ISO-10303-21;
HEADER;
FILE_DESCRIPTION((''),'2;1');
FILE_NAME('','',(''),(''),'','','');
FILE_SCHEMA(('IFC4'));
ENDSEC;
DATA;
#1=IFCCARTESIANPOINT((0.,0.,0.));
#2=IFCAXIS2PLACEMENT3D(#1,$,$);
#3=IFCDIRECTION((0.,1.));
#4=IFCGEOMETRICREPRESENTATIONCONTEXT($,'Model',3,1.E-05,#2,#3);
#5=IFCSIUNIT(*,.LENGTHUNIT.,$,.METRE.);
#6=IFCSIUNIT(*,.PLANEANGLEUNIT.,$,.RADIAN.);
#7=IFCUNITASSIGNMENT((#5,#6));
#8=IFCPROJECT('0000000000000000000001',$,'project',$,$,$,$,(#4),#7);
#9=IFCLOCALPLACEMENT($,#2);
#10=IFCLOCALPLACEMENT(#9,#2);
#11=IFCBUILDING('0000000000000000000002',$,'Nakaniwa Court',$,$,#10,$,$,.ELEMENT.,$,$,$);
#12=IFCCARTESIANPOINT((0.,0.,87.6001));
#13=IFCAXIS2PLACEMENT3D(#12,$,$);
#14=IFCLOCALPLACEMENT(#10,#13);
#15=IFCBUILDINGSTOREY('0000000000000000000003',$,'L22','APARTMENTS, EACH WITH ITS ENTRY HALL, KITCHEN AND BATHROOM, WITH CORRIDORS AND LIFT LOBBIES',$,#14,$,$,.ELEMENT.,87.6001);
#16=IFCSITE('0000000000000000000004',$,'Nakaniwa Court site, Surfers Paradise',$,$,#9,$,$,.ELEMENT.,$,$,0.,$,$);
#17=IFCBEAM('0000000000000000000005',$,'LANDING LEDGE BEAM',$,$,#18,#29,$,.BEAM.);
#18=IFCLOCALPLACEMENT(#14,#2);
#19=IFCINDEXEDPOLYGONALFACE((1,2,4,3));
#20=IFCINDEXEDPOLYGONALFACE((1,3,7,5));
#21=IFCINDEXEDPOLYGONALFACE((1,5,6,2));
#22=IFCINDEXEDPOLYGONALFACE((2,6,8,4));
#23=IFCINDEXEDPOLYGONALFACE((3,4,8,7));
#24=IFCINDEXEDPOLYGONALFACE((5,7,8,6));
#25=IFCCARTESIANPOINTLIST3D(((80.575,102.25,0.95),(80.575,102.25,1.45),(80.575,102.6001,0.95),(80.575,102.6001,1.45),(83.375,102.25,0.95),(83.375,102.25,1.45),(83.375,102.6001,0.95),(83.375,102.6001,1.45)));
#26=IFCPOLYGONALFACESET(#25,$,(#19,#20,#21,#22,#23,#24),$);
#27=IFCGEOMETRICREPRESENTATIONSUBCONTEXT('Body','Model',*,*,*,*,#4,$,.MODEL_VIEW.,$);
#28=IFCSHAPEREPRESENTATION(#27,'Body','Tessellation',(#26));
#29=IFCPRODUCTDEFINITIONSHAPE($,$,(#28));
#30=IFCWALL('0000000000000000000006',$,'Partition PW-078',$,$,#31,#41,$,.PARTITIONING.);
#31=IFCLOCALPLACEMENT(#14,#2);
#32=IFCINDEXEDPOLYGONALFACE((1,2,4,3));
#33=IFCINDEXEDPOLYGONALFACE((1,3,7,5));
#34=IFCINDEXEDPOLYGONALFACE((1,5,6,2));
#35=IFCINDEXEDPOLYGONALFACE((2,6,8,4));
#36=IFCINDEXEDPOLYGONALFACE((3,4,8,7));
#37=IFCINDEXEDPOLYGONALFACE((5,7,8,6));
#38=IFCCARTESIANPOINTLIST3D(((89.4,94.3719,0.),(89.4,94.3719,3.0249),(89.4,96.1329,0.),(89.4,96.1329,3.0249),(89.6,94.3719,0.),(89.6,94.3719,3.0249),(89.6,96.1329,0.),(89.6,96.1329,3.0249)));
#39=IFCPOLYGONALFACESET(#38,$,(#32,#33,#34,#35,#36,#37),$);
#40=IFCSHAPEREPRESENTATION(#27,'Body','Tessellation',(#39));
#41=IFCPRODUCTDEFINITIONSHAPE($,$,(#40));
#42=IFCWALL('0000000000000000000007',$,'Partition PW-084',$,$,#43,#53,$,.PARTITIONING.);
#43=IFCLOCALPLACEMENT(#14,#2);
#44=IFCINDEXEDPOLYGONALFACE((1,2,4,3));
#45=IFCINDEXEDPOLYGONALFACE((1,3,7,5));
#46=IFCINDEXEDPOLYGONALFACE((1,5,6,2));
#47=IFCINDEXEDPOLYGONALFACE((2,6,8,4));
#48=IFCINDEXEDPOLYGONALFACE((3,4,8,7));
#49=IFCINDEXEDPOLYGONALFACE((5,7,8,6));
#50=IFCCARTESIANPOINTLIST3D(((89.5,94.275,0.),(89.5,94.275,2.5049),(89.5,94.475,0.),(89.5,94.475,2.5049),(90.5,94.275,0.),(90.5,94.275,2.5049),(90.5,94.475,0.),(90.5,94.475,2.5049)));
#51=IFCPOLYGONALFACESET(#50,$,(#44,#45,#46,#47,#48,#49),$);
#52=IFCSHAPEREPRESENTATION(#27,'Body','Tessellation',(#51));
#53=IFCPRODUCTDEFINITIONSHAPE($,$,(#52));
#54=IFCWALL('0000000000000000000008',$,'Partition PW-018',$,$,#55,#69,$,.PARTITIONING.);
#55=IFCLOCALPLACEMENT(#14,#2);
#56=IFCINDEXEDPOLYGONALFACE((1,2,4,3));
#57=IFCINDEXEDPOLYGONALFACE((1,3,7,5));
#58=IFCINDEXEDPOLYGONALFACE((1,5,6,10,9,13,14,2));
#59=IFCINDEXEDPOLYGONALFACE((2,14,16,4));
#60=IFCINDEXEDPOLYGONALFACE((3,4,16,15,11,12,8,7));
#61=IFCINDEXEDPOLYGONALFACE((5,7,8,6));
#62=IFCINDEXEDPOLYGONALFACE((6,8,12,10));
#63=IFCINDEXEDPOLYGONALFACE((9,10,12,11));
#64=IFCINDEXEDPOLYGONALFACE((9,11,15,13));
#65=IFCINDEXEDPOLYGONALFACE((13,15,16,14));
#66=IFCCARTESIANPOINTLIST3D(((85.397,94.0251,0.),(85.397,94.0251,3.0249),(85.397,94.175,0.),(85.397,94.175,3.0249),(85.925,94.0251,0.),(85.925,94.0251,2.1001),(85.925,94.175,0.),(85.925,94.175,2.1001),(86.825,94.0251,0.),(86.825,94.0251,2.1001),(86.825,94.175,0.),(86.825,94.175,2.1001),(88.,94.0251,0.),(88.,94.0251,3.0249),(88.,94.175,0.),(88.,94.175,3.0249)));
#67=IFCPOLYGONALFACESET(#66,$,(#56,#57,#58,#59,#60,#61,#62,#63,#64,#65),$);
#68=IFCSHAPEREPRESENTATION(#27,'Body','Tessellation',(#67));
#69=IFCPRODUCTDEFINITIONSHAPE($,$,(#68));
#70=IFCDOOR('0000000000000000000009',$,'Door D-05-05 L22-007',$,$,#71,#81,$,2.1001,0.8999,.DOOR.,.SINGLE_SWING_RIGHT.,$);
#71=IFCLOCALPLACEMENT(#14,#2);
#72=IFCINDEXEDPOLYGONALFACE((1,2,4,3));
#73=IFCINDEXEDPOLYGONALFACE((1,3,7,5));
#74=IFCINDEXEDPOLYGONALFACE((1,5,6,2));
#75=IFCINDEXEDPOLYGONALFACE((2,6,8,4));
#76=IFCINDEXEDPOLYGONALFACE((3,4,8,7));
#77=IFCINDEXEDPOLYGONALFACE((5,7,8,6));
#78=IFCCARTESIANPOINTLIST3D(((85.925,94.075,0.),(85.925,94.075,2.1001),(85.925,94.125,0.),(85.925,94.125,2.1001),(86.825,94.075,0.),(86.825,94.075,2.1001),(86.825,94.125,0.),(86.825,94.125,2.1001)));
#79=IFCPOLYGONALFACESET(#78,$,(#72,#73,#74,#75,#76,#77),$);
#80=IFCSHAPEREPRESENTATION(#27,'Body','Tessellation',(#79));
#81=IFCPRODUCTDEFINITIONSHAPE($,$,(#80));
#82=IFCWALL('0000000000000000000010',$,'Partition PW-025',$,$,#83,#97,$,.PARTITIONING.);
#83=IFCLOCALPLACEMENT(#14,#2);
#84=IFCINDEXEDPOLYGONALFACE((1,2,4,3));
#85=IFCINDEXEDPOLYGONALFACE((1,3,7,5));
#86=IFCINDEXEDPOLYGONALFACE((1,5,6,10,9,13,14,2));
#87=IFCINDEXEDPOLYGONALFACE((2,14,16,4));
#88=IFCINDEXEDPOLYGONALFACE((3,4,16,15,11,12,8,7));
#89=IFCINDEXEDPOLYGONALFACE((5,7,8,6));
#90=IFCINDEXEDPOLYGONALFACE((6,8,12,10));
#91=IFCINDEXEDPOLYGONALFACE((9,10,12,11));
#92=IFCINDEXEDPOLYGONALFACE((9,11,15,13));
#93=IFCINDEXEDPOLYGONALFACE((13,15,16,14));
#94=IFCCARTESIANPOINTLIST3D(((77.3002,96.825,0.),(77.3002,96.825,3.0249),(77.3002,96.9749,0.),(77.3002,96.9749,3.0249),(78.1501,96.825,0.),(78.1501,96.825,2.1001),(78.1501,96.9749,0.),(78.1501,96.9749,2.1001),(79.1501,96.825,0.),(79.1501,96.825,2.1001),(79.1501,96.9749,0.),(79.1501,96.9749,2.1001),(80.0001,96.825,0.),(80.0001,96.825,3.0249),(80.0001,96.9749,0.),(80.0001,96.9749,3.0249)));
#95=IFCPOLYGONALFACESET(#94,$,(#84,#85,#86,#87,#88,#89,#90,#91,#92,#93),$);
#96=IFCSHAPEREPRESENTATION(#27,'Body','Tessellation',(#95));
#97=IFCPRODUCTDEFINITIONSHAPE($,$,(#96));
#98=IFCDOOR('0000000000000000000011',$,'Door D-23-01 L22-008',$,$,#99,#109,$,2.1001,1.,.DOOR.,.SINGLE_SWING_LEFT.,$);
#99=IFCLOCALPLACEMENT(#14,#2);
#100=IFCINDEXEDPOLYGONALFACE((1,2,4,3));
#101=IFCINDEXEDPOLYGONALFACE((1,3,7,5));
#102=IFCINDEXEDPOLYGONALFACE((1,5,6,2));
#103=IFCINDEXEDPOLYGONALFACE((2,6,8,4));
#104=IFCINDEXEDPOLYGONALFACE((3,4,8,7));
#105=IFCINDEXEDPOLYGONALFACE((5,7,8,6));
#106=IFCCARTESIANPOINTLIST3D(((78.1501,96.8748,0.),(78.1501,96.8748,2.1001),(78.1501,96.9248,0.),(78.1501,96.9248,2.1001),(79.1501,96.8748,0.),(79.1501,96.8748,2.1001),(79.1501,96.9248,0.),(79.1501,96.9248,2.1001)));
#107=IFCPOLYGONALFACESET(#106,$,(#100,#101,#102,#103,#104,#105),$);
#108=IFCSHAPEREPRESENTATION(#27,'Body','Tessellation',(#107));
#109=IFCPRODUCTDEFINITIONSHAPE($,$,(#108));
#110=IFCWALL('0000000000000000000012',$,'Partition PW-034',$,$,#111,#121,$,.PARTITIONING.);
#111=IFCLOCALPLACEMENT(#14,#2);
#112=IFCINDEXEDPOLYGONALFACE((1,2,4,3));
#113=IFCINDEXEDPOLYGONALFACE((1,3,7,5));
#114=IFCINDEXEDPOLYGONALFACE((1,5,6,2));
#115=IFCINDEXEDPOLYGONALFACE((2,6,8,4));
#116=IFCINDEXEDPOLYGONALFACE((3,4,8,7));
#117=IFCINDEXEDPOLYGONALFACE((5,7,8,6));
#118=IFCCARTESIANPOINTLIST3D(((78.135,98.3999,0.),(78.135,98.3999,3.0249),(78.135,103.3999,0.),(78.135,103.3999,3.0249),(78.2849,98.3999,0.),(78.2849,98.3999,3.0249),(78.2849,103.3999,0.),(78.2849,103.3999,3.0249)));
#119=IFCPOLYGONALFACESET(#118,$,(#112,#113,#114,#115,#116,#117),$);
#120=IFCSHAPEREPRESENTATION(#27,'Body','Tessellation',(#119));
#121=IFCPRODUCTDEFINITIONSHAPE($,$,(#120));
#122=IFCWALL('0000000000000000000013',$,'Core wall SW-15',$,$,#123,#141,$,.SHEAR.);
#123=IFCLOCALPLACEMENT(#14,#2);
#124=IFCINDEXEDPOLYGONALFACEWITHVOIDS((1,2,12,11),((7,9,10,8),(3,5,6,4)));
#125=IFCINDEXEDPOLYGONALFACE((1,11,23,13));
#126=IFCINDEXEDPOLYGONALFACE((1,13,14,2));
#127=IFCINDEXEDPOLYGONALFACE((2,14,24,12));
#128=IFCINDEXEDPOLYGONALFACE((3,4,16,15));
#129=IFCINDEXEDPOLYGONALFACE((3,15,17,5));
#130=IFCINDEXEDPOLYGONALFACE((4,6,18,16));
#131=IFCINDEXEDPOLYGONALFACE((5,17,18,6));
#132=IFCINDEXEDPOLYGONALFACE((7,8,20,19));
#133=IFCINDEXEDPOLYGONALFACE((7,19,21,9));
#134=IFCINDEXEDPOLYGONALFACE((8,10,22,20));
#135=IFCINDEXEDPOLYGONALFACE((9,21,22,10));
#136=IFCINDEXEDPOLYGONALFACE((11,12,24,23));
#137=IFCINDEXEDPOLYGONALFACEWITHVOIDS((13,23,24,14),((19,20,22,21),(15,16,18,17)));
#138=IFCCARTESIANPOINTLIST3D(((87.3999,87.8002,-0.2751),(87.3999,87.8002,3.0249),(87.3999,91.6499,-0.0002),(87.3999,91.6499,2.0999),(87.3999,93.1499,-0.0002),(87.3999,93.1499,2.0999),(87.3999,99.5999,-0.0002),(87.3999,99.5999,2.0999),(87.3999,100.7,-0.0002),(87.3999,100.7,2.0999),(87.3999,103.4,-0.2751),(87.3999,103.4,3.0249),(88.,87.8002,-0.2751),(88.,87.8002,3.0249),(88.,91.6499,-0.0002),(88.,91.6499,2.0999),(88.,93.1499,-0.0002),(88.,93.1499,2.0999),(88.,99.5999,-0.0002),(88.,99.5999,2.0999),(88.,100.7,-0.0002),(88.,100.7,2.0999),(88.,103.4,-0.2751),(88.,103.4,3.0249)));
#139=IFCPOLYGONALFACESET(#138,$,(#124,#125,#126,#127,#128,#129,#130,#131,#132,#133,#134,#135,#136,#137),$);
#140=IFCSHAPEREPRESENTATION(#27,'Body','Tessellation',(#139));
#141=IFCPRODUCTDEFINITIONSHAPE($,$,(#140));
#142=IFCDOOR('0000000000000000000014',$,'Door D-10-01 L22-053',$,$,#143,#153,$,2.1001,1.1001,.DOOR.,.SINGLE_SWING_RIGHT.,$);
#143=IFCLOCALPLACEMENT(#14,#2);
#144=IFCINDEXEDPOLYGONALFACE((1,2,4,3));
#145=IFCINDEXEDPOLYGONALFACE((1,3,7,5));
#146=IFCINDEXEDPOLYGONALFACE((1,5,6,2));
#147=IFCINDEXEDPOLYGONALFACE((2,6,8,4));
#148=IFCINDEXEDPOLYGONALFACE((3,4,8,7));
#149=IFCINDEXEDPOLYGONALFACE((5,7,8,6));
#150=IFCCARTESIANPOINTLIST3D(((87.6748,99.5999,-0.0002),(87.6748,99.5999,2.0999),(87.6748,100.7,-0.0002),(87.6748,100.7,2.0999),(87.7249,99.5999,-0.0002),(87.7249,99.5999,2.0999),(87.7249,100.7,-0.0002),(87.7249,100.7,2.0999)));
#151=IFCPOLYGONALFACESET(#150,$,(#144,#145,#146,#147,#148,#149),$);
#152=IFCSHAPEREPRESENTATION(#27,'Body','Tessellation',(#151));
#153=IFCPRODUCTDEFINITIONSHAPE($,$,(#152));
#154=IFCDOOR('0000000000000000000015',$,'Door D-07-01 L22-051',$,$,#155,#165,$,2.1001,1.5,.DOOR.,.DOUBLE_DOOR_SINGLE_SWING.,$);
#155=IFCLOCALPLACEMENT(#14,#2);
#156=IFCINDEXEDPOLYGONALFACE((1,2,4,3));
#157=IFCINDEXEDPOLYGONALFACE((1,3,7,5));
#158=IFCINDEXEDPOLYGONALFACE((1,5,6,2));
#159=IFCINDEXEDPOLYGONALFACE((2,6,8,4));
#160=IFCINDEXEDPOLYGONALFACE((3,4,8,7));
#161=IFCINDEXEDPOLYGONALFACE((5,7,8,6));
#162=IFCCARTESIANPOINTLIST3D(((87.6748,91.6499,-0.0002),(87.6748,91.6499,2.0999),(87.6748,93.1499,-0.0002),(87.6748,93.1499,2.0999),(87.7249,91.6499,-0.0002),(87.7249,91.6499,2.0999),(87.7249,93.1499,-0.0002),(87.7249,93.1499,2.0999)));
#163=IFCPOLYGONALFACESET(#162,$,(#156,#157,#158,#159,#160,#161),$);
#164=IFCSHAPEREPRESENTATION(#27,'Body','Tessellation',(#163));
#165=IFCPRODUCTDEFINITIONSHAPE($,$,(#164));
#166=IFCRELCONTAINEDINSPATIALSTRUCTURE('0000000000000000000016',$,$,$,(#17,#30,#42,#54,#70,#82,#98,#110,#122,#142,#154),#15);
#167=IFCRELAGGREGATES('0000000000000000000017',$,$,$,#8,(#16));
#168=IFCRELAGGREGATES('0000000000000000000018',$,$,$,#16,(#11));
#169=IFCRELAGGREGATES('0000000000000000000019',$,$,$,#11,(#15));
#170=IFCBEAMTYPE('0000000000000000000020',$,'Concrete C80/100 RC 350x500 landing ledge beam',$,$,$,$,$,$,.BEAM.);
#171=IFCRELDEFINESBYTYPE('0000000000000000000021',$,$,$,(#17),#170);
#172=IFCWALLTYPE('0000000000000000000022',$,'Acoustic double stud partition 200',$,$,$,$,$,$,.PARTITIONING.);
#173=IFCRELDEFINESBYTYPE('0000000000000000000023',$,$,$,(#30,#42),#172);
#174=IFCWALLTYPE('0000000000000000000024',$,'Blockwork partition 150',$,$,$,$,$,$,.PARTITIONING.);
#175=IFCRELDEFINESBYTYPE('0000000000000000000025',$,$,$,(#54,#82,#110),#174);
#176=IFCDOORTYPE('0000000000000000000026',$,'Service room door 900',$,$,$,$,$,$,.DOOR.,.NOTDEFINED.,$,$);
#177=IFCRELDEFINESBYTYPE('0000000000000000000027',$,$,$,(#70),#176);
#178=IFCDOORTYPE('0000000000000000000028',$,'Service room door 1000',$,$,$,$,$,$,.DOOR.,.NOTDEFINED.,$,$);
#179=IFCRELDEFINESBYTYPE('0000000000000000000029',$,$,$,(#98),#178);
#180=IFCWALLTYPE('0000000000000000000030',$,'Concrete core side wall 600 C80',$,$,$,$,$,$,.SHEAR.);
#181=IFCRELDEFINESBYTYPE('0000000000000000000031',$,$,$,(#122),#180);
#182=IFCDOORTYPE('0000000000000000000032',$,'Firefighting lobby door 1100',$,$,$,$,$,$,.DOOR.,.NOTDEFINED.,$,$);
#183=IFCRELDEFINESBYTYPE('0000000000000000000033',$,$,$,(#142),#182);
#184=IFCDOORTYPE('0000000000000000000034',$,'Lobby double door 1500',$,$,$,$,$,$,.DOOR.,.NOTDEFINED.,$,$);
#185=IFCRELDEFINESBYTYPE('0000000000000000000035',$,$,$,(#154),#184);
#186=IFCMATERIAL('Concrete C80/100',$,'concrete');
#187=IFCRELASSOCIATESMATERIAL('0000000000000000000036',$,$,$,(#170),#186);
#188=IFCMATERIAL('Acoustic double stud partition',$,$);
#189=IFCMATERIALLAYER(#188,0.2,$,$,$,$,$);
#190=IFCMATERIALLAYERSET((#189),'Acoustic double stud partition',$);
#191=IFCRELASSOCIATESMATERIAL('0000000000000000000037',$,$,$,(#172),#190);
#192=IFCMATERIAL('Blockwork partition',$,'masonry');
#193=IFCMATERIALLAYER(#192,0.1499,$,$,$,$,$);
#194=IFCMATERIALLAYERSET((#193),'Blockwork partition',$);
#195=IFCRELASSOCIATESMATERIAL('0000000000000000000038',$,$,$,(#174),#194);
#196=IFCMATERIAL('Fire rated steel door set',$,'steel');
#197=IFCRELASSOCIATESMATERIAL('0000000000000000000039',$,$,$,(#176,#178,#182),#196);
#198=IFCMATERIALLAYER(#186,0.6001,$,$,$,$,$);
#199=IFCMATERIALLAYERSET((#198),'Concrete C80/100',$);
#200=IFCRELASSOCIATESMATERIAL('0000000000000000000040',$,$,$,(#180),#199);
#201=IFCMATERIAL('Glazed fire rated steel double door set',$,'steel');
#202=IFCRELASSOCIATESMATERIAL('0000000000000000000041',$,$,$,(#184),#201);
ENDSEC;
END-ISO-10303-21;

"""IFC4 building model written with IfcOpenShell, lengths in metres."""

from ifc_helpers import new_model, si_unit, direction, frame, frame_2d, origin, origin_2d, place, context, subcontext, project, spatial, rectangle, extrude, material, layer, layer_set, material_profile, profile_set, type_object, element, fill, save


model = new_model("IFC4")

# Units and contexts
model_context = context("Model", 3, precision=1e-05, world=origin(), true_north=direction((0.0, 1.0)))
body_context = subcontext(model_context, "Body", "Model", "MODEL_VIEW")
ifc_project = project(units=[si_unit("LENGTHUNIT", "METRE"), si_unit("PLANEANGLEUNIT", "RADIAN")], contexts=[model_context])

# Site, building, storey
site_placement = place(None, origin())
site = spatial("IfcSite", under=ifc_project, at=site_placement, Name="Nakaniwa Court site, Surfers Paradise", CompositionType="ELEMENT", RefElevation=0.0)
building_placement = place(site_placement, origin())
building = spatial("IfcBuilding", under=site, at=building_placement, Name="Nakaniwa Court", CompositionType="ELEMENT")
storey_placement = place(building_placement, frame((0.0, 0.0, 87.6001)))
storey = spatial("IfcBuildingStorey", under=building, at=storey_placement, Name="L22", Description="APARTMENTS, EACH WITH ITS ENTRY HALL, KITCHEN AND BATHROOM, WITH CORRIDORS AND LIFT LOBBIES", CompositionType="ELEMENT", Elevation=87.6001)

# Beam
ifc_material_1 = material(Name="Concrete C80/100", Category="concrete")
ifc_material_profile = material_profile(ifc_material_1, rectangle(XDim=0.3501, YDim=0.5, at=origin_2d()), Name="Concrete C80/100 RC 350x500 landing ledge beam")
ifc_profile_set = profile_set([ifc_material_profile], Name="Concrete C80/100")
beam_type = type_object("IfcBeamType", Name="Concrete C80/100 RC 350x500 landing ledge beam", PredefinedType="BEAM", material=ifc_profile_set)
beam_placement = place(storey_placement, frame((80.575, 102.425, 1.2), z_axis=(1.0, 0.0, 0.0), x_axis=(0.0, 1.0, 0.0)))
element("IfcBeam", 1, at=beam_placement, inside=storey, type_object=beam_type, Name="LANDING LEDGE BEAM", PredefinedType="BEAM", context=body_context, shape_type="SweptSolid", body=[
    extrude(rectangle(XDim=0.3501, YDim=0.5, at=origin_2d()), origin(), (0.0, 0.0, 1.0), 2.8),
])

# Walls
ifc_material_2 = material(Name="Acoustic double stud partition")
ifc_layer_1 = layer(ifc_material_2, 0.2)
ifc_layer_set_1 = layer_set([ifc_layer_1], Name="Acoustic double stud partition")
wall_type_1 = type_object("IfcWallType", Name="Acoustic double stud partition 200", PredefinedType="PARTITIONING", material=ifc_layer_set_1)
wall_1_placement = place(storey_placement, frame((89.5, 94.3721, 0.0), z_axis=(0.0, 0.0, 1.0), x_axis=(0.0, 1.0, 0.0)))
element("IfcWall", 2, at=wall_1_placement, inside=storey, type_object=wall_type_1, Name="Partition PW-078", PredefinedType="PARTITIONING", context=body_context, shape_type="SweptSolid", body=[
    extrude(rectangle(XDim=1.761, YDim=0.2, at=frame_2d((0.8804, 0.0))), origin(), (0.0, 0.0, 1.0), 3.0249),
])
wall_2_placement = place(storey_placement, frame((89.5, 94.375, 0.0), z_axis=(0.0, 0.0, 1.0), x_axis=(1.0, 0.0, 0.0)))
element("IfcWall", 3, at=wall_2_placement, inside=storey, type_object=wall_type_1, Name="Partition PW-084", PredefinedType="PARTITIONING", context=body_context, shape_type="SweptSolid", body=[
    extrude(rectangle(XDim=1.0, YDim=0.2, at=frame_2d((0.5, 0.0))), origin(), (0.0, 0.0, 1.0), 2.5049),
])

# Walls, openings, doors
ifc_material_3 = material(Name="Blockwork partition", Category="masonry")
ifc_layer_2 = layer(ifc_material_3, 0.1499)
ifc_layer_set_2 = layer_set([ifc_layer_2], Name="Blockwork partition")
wall_type_2 = type_object("IfcWallType", Name="Blockwork partition 150", PredefinedType="PARTITIONING", material=ifc_layer_set_2)
wall_3_placement = place(storey_placement, frame((85.397, 94.1001, 0.0), z_axis=(0.0, 0.0, 1.0), x_axis=(1.0, 0.0, 0.0)))
wall_3 = element("IfcWall", 4, at=wall_3_placement, inside=storey, type_object=wall_type_2, Name="Partition PW-018", PredefinedType="PARTITIONING", context=body_context, shape_type="SweptSolid", body=[
    extrude(rectangle(XDim=2.603, YDim=0.1499, at=frame_2d((1.3015, 0.0))), origin(), (0.0, 0.0, 1.0), 3.0249),
])
opening_1_placement = place(wall_3_placement, frame((0.5281, 0.0, 0.0)))
opening_1 = element("IfcOpeningElement", 5, at=opening_1_placement, cuts=wall_3, PredefinedType="OPENING", context=body_context, shape_type="SweptSolid", body=[
    extrude(rectangle(XDim=0.8999, YDim=2.1001, at=frame_2d((0.45, 1.05))), frame((0.0, 0.085, 0.0), z_axis=(0.0, -1.0, 0.0), x_axis=(1.0, 0.0, 0.0)), (0.0, 0.0, 1.0), 0.1699),
])
ifc_material_4 = material(Name="Fire rated steel door set", Category="steel")
door_type_1 = type_object("IfcDoorType", Name="Service room door 900", OperationType="NOTDEFINED", PredefinedType="DOOR", material=ifc_material_4)
door_1_placement = place(opening_1_placement, origin())
door_1 = element("IfcDoor", 6, at=door_1_placement, inside=storey, type_object=door_type_1, Name="Door D-05-05 L22-007", OperationType="SINGLE_SWING_RIGHT", OverallHeight=2.1001, OverallWidth=0.8999, PredefinedType="DOOR", context=body_context, shape_type="SweptSolid", body=[
    extrude(rectangle(XDim=0.8999, YDim=2.1001, at=frame_2d((0.45, 1.05))), frame((0.0, 0.0249, 0.0), z_axis=(0.0, -1.0, 0.0), x_axis=(1.0, 0.0, 0.0)), (0.0, 0.0, 1.0), 0.05),
])
fill(opening_1, door_1)
wall_4_placement = place(storey_placement, frame((77.3, 96.8999, 0.0), z_axis=(0.0, 0.0, 1.0), x_axis=(1.0, 0.0, 0.0)))
wall_4 = element("IfcWall", 7, at=wall_4_placement, inside=storey, type_object=wall_type_2, Name="Partition PW-025", PredefinedType="PARTITIONING", context=body_context, shape_type="SweptSolid", body=[
    extrude(rectangle(XDim=2.7, YDim=0.1499, at=frame_2d((1.3501, 0.0))), origin(), (0.0, 0.0, 1.0), 3.0249),
])
opening_2_placement = place(wall_4_placement, frame((0.8501, 0.0, 0.0)))
opening_2 = element("IfcOpeningElement", 8, at=opening_2_placement, cuts=wall_4, PredefinedType="OPENING", context=body_context, shape_type="SweptSolid", body=[
    extrude(rectangle(XDim=1.0, YDim=2.1001, at=frame_2d((0.5, 1.05))), frame((0.0, 0.085, 0.0), z_axis=(0.0, -1.0, 0.0), x_axis=(1.0, 0.0, 0.0)), (0.0, 0.0, 1.0), 0.1699),
])
door_type_2 = type_object("IfcDoorType", Name="Service room door 1000", OperationType="NOTDEFINED", PredefinedType="DOOR", material=ifc_material_4)
door_2_placement = place(opening_2_placement, origin())
door_2 = element("IfcDoor", 9, at=door_2_placement, inside=storey, type_object=door_type_2, Name="Door D-23-01 L22-008", OperationType="SINGLE_SWING_LEFT", OverallHeight=2.1001, OverallWidth=1.0, PredefinedType="DOOR", context=body_context, shape_type="SweptSolid", body=[
    extrude(rectangle(XDim=1.0, YDim=2.1001, at=frame_2d((0.5, 1.05))), frame((0.0, 0.0249, 0.0), z_axis=(0.0, -1.0, 0.0), x_axis=(1.0, 0.0, 0.0)), (0.0, 0.0, 1.0), 0.05),
])
fill(opening_2, door_2)

# Wall
wall_5_placement = place(storey_placement, frame((78.21, 98.3999, 0.0), z_axis=(0.0, 0.0, 1.0), x_axis=(0.0, 1.0, 0.0)))
element("IfcWall", 10, at=wall_5_placement, inside=storey, type_object=wall_type_2, Name="Partition PW-034", PredefinedType="PARTITIONING", context=body_context, shape_type="SweptSolid", body=[
    extrude(rectangle(XDim=5.0, YDim=0.1499, at=frame_2d((2.5, 0.0))), origin(), (0.0, 0.0, 1.0), 3.0249),
])

# Wall, openings, doors
ifc_layer_3 = layer(ifc_material_1, 0.6001)
ifc_layer_set_3 = layer_set([ifc_layer_3], Name="Concrete C80/100")
wall_type_3 = type_object("IfcWallType", Name="Concrete core side wall 600 C80", PredefinedType="SHEAR", material=ifc_layer_set_3)
wall_6_placement = place(storey_placement, frame((87.7, 103.3999, -0.2751), z_axis=(0.0, 0.0, 1.0), x_axis=(0.0, -1.0, 0.0)))
wall_6 = element("IfcWall", 11, at=wall_6_placement, inside=storey, type_object=wall_type_3, Name="Core wall SW-15", PredefinedType="SHEAR", context=body_context, shape_type="SweptSolid", body=[
    extrude(rectangle(XDim=15.5999, YDim=0.6001, at=frame_2d((7.7998, 0.0))), origin(), (0.0, 0.0, 1.0), 3.3),
])
opening_3_placement = place(wall_6_placement, frame((10.25, 0.0, 0.2749)))
opening_3 = element("IfcOpeningElement", 12, at=opening_3_placement, cuts=wall_6, PredefinedType="OPENING", context=body_context, shape_type="SweptSolid", body=[
    extrude(rectangle(XDim=1.5, YDim=2.1001, at=frame_2d((0.75, 1.05))), frame((0.0, 0.3101, 0.0), z_axis=(0.0, -1.0, 0.0), x_axis=(1.0, 0.0, 0.0)), (0.0, 0.0, 1.0), 0.6201),
])
opening_4_placement = place(wall_6_placement, frame((2.7, 0.0, 0.2749)))
opening_4 = element("IfcOpeningElement", 13, at=opening_4_placement, cuts=wall_6, PredefinedType="OPENING", context=body_context, shape_type="SweptSolid", body=[
    extrude(rectangle(XDim=1.1001, YDim=2.1001, at=frame_2d((0.55, 1.05))), frame((0.0, 0.3101, 0.0), z_axis=(0.0, -1.0, 0.0), x_axis=(1.0, 0.0, 0.0)), (0.0, 0.0, 1.0), 0.6201),
])
door_type_3 = type_object("IfcDoorType", Name="Firefighting lobby door 1100", OperationType="NOTDEFINED", PredefinedType="DOOR", material=ifc_material_4)
door_3_placement = place(opening_4_placement, origin())
door_3 = element("IfcDoor", 14, at=door_3_placement, inside=storey, type_object=door_type_3, Name="Door D-10-01 L22-053", OperationType="SINGLE_SWING_RIGHT", OverallHeight=2.1001, OverallWidth=1.1001, PredefinedType="DOOR", context=body_context, shape_type="SweptSolid", body=[
    extrude(rectangle(XDim=1.1001, YDim=2.1001, at=frame_2d((0.55, 1.05))), frame((0.0, 0.0249, 0.0), z_axis=(0.0, -1.0, 0.0), x_axis=(1.0, 0.0, 0.0)), (0.0, 0.0, 1.0), 0.05),
])
fill(opening_4, door_3)
ifc_material_5 = material(Name="Glazed fire rated steel double door set", Category="steel")
door_type_4 = type_object("IfcDoorType", Name="Lobby double door 1500", OperationType="NOTDEFINED", PredefinedType="DOOR", material=ifc_material_5)
door_4_placement = place(opening_3_placement, origin())
door_4 = element("IfcDoor", 15, at=door_4_placement, inside=storey, type_object=door_type_4, Name="Door D-07-01 L22-051", OperationType="DOUBLE_DOOR_SINGLE_SWING", OverallHeight=2.1001, OverallWidth=1.5, PredefinedType="DOOR", context=body_context, shape_type="SweptSolid", body=[
    extrude(rectangle(XDim=1.5, YDim=2.1001, at=frame_2d((0.75, 1.05))), frame((0.0, 0.0249, 0.0), z_axis=(0.0, -1.0, 0.0), x_axis=(1.0, 0.0, 0.0)), (0.0, 0.0, 1.0), 0.05),
])
fill(opening_3, door_4)

save(model, "model.ifc")
